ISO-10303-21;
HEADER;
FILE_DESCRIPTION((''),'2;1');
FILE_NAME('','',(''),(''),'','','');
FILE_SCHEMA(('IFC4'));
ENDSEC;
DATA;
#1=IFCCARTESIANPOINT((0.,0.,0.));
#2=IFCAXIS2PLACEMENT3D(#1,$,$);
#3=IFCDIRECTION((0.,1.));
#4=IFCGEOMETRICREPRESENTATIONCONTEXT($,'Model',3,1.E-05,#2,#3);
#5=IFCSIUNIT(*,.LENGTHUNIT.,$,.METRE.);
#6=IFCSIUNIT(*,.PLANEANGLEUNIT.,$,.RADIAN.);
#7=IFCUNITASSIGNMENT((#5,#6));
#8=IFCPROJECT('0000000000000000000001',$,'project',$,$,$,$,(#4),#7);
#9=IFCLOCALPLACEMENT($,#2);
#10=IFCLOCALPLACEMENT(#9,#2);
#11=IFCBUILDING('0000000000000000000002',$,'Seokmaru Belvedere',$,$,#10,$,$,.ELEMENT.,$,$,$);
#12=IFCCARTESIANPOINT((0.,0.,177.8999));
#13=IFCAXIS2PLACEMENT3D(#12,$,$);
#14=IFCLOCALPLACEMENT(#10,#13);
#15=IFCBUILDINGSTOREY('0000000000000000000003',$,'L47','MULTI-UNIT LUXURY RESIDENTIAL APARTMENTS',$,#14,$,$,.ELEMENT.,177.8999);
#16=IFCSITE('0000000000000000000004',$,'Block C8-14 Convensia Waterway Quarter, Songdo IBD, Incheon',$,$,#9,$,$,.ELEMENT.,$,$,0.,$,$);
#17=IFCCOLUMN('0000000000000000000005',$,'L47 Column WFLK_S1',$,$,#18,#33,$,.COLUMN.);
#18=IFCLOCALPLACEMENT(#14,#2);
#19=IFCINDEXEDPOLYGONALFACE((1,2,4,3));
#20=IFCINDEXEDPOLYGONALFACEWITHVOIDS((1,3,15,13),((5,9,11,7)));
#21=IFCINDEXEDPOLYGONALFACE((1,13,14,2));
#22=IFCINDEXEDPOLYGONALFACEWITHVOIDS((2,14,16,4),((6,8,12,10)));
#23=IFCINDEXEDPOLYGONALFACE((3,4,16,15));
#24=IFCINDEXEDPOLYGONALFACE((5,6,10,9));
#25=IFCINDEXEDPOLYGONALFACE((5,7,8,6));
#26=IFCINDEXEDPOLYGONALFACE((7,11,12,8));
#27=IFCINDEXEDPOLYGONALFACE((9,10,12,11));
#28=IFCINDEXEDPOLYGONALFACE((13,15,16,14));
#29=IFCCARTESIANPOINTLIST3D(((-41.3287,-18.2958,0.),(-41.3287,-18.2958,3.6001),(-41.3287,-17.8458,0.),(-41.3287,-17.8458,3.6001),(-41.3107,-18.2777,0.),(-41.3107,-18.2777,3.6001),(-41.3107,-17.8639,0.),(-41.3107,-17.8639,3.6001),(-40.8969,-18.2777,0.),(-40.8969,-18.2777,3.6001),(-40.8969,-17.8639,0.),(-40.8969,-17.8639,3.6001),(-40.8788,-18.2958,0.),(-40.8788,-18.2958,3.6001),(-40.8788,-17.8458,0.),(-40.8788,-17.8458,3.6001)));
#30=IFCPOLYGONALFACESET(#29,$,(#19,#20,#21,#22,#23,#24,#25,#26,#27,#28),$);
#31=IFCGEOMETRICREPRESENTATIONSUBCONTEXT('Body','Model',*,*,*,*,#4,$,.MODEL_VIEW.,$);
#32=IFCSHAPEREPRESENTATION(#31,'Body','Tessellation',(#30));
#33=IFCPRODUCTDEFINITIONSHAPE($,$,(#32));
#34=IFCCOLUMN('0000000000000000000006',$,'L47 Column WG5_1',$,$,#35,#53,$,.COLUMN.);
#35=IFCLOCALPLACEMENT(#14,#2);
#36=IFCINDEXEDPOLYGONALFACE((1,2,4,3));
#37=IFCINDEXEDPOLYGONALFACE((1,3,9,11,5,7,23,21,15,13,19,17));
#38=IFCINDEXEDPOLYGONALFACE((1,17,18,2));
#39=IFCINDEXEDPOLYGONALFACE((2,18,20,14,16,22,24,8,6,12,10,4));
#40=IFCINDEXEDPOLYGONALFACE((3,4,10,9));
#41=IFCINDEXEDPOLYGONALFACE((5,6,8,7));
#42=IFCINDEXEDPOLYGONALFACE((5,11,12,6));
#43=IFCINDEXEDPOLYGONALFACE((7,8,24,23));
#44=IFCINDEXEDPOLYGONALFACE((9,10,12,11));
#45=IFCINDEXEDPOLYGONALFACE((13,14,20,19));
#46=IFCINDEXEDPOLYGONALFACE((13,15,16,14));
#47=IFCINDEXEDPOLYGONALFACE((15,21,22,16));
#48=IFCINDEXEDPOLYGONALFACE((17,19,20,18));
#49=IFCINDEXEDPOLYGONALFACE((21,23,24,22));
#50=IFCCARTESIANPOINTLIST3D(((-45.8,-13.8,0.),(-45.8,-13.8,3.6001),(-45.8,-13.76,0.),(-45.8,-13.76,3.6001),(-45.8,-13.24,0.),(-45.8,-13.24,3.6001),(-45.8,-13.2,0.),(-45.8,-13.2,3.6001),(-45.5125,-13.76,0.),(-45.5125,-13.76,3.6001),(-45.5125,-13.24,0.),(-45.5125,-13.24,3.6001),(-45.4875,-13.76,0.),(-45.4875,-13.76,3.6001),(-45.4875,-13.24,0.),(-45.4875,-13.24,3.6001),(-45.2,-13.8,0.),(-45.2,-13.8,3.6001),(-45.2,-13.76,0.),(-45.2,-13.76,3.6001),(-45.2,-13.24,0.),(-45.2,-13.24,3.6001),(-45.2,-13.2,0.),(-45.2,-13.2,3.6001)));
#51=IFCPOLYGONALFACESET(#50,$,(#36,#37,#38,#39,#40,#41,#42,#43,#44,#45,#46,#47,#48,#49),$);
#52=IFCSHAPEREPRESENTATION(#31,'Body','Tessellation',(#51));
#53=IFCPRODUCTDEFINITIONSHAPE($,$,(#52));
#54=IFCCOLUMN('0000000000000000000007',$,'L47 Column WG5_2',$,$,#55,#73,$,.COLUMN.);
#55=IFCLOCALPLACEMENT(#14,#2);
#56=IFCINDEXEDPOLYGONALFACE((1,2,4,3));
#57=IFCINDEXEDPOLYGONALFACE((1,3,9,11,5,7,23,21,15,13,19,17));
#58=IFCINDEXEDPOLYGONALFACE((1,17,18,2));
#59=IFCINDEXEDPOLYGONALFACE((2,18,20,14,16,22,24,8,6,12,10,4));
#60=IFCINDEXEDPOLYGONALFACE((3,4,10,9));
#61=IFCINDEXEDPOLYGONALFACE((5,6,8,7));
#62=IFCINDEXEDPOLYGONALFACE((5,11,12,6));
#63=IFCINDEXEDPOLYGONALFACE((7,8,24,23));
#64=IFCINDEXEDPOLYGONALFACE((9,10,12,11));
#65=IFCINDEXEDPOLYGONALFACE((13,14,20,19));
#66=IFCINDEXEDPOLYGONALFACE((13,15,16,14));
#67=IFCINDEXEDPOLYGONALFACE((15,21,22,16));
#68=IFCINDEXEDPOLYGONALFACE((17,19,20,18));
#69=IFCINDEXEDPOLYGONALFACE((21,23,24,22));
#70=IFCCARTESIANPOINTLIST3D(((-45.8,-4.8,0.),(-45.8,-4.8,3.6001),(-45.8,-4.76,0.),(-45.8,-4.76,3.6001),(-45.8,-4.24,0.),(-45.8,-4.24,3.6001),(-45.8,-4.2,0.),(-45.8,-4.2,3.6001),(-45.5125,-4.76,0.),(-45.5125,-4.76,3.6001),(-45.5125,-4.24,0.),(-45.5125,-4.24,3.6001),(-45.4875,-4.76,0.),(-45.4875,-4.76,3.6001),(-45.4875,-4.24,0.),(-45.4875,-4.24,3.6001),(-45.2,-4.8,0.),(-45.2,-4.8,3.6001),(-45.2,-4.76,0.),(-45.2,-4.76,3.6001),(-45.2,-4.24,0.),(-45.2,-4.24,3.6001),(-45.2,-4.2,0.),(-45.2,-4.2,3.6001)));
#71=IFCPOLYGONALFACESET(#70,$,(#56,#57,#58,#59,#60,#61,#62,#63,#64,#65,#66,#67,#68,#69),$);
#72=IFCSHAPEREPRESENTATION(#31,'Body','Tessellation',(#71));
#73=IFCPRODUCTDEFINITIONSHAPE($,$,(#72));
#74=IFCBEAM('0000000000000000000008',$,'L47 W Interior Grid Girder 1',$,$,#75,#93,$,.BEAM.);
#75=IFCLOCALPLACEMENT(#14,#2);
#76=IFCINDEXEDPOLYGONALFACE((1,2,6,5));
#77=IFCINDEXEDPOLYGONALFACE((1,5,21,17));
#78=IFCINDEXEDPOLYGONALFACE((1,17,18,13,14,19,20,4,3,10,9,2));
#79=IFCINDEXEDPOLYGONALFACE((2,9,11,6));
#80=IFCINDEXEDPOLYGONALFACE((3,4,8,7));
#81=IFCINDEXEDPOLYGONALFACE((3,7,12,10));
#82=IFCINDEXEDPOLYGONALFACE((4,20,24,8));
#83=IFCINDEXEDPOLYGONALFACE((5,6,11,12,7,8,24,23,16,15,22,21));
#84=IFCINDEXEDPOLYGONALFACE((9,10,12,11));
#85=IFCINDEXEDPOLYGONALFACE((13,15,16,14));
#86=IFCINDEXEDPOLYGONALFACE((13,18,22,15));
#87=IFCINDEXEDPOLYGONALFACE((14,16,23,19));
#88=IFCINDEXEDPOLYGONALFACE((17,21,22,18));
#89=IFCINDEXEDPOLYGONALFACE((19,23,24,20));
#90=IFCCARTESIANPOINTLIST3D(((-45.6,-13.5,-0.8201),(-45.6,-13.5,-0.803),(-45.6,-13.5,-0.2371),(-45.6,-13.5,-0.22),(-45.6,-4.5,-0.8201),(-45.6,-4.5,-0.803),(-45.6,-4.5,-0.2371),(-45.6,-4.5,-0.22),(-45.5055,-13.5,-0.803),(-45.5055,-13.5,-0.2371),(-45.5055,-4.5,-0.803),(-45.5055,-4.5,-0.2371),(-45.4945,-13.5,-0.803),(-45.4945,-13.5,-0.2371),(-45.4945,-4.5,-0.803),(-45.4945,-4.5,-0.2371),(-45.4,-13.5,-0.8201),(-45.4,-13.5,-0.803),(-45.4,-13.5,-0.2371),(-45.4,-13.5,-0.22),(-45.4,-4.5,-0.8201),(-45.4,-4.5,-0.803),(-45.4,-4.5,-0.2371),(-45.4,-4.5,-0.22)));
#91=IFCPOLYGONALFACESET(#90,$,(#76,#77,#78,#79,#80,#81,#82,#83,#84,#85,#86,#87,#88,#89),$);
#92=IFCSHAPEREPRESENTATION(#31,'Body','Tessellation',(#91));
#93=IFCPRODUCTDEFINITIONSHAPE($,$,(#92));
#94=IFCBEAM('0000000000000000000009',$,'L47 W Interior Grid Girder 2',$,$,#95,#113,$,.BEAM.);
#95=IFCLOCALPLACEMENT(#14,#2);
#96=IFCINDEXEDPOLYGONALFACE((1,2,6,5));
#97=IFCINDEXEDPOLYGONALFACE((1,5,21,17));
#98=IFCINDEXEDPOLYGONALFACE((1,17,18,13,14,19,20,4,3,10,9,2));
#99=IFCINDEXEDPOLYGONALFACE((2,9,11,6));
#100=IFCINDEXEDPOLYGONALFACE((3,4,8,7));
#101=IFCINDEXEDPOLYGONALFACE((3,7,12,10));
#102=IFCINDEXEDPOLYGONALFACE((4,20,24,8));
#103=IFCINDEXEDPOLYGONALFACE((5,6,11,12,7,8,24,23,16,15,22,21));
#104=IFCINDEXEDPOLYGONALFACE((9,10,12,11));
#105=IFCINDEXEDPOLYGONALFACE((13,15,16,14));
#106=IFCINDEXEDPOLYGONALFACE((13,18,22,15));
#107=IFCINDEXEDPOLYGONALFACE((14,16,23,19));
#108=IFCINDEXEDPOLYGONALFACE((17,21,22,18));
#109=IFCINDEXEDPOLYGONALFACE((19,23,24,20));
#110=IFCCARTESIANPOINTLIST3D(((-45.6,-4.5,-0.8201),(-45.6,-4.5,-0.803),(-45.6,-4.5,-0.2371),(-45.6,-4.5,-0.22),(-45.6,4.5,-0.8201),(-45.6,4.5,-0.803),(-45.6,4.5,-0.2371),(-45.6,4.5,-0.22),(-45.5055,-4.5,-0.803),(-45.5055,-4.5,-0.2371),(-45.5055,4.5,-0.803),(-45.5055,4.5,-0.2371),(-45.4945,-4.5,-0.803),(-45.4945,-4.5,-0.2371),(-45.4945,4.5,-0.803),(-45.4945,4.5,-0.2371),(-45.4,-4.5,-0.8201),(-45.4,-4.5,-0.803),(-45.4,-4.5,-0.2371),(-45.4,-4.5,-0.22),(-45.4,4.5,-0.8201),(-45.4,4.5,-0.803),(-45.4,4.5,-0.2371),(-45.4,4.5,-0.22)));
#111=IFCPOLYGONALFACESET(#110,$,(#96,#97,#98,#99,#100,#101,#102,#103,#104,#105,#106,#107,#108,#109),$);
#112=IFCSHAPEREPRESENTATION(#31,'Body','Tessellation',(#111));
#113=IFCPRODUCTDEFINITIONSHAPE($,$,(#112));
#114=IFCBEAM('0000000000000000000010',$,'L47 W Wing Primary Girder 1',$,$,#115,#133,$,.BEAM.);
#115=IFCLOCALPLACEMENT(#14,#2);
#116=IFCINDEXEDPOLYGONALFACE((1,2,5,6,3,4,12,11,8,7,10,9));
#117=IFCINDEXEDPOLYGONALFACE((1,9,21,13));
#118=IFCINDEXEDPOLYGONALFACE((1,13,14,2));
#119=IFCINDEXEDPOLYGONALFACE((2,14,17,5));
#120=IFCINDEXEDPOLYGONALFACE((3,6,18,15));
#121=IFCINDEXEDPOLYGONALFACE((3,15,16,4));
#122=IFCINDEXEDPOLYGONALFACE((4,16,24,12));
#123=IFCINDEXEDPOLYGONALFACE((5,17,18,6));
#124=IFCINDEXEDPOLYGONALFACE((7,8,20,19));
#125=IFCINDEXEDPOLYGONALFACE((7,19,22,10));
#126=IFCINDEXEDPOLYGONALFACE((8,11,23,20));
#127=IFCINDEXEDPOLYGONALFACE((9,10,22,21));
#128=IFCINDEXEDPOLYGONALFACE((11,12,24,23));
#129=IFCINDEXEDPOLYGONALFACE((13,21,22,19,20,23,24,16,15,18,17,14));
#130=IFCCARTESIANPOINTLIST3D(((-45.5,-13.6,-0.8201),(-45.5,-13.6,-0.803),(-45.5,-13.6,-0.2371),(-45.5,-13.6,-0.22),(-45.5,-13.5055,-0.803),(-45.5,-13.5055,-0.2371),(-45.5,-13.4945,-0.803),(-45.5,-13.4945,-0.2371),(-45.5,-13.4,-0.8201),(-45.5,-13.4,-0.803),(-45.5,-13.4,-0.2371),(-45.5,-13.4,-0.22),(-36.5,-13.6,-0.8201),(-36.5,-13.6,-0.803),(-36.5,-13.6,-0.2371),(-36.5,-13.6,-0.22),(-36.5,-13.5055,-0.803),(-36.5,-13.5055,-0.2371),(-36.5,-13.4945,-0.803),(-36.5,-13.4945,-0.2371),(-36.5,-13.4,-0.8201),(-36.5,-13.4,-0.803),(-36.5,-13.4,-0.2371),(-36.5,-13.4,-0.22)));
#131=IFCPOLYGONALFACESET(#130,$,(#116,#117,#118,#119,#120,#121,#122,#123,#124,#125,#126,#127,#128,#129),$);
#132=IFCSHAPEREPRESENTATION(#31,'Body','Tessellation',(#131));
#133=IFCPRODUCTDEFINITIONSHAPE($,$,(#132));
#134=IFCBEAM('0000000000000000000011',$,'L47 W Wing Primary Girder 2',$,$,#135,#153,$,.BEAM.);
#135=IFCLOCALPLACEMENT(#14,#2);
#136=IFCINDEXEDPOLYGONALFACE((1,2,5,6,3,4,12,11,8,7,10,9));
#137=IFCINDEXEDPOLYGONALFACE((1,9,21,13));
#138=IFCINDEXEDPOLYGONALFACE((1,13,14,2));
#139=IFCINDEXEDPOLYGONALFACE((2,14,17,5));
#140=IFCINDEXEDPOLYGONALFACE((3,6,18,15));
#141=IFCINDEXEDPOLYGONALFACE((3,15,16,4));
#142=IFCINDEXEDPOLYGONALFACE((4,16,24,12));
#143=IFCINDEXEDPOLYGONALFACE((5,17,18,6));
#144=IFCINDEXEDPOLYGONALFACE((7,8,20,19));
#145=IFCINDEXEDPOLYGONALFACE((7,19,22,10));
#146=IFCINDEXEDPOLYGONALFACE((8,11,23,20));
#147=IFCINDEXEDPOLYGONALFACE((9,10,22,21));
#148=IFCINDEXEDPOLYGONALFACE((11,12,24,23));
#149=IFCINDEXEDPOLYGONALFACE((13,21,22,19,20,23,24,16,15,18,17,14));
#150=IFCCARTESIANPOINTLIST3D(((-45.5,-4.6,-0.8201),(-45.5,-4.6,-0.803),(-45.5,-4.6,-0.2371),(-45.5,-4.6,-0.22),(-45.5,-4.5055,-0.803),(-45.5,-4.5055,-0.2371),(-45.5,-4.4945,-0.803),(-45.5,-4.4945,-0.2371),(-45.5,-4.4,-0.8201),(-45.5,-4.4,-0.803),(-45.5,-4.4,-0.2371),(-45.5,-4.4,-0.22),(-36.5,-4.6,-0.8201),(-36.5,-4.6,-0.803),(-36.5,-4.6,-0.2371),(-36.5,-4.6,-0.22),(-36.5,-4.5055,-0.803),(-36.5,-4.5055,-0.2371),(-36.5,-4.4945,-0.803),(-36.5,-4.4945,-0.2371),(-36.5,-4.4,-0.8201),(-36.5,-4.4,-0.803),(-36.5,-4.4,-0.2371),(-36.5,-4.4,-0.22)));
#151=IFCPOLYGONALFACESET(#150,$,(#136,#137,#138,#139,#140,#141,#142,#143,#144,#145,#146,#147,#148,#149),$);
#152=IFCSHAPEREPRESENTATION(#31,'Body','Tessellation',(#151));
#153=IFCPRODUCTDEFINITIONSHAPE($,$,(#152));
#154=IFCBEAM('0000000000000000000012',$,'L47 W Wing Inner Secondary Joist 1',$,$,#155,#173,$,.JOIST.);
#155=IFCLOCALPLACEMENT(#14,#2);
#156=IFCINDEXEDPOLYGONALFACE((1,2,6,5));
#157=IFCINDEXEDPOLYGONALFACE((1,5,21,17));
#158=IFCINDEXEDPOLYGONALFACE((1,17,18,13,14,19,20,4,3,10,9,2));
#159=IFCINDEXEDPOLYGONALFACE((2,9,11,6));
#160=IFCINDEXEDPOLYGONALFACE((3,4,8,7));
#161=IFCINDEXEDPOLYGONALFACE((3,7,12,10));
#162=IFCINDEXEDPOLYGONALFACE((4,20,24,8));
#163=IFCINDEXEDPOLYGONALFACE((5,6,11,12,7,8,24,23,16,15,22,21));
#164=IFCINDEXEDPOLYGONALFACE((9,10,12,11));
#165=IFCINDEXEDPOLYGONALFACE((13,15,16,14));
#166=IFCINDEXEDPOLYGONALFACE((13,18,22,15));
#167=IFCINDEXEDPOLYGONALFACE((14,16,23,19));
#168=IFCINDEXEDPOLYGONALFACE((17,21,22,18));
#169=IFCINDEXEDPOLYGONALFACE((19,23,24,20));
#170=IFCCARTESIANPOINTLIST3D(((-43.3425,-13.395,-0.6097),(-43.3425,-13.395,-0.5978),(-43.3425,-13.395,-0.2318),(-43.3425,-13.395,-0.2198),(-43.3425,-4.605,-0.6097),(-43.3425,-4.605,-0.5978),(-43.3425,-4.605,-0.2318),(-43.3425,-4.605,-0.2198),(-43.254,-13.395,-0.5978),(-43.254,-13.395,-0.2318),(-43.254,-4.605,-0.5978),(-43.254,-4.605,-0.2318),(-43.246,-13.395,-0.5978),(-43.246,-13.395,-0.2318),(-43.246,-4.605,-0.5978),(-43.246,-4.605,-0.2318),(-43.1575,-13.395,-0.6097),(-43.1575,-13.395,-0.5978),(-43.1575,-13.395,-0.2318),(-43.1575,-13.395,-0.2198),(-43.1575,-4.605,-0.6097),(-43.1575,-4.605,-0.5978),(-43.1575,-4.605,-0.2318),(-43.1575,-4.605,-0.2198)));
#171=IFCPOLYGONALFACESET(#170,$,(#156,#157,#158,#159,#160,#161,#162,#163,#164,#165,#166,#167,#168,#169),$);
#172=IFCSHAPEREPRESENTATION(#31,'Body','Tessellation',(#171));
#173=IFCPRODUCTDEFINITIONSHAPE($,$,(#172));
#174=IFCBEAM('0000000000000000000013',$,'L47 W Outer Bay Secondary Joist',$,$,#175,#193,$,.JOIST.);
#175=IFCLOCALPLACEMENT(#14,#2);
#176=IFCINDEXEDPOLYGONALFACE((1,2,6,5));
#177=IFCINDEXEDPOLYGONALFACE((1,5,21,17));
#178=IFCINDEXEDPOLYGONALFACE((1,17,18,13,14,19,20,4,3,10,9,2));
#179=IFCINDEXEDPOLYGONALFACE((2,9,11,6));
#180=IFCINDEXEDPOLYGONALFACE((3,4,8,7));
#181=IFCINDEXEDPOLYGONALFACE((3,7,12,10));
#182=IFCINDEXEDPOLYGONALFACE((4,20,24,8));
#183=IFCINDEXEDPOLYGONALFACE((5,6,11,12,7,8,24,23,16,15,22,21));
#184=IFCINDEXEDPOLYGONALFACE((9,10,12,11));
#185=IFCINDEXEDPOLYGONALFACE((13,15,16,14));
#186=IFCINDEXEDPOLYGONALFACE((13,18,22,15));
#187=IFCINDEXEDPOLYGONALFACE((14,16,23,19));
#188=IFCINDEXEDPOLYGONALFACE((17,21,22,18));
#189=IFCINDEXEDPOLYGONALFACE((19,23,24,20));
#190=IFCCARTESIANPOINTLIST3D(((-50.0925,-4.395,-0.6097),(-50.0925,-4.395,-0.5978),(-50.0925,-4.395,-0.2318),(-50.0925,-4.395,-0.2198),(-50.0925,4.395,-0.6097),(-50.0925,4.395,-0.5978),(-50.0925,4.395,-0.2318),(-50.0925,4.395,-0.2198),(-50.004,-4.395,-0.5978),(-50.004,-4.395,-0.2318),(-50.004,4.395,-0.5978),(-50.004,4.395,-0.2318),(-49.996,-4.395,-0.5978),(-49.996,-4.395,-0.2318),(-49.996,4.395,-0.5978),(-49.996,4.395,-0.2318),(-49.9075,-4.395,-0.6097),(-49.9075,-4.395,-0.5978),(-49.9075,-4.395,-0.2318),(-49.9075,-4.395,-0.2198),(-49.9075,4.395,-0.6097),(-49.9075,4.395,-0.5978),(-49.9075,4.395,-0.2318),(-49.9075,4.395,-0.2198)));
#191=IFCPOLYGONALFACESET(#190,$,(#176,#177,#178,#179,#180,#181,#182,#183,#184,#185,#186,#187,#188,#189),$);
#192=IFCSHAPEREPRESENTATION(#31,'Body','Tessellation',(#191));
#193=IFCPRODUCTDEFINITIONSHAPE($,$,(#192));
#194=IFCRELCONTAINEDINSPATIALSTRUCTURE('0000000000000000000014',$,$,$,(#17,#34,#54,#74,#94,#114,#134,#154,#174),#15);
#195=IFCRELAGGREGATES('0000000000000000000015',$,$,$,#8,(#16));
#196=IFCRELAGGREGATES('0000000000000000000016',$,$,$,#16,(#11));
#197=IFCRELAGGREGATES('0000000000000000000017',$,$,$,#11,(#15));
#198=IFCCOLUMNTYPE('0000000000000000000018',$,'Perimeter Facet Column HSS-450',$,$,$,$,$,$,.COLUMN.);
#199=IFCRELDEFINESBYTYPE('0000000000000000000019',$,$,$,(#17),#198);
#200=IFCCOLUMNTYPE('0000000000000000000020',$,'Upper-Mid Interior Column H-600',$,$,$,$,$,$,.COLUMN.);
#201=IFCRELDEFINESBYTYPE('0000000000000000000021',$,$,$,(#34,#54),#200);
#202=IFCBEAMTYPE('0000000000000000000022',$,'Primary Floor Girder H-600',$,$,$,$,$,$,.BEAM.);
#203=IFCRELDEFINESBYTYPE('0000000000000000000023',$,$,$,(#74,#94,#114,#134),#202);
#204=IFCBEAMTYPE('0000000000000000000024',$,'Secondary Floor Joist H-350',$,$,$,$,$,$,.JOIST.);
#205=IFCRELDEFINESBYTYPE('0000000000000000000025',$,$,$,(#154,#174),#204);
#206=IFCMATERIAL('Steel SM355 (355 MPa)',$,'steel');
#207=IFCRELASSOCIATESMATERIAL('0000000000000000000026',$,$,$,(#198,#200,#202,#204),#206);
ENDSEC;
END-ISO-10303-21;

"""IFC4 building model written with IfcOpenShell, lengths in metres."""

from ifc_helpers import new_model, si_unit, direction, frame, origin, origin_2d, place, context, subcontext, project, spatial, hollow_rectangle, i_section, extrude, source, transform, mapped, material, material_profile, profile_set, type_object, type_shapes, element, save


model = new_model("IFC4")

# Units and contexts
model_context = context("Model", 3, precision=1e-05, world=origin(), true_north=direction((0.0, 1.0)))
body_context = subcontext(model_context, "Body", "Model", "MODEL_VIEW")
ifc_project = project(units=[si_unit("LENGTHUNIT", "METRE"), si_unit("PLANEANGLEUNIT", "RADIAN")], contexts=[model_context])

# Site, building, storey
site_placement = place(None, origin())
site = spatial("IfcSite", under=ifc_project, at=site_placement, Name="Block C8-14 Convensia Waterway Quarter, Songdo IBD, Incheon", CompositionType="ELEMENT", RefElevation=0.0)
building_placement = place(site_placement, origin())
building = spatial("IfcBuilding", under=site, at=building_placement, Name="Seokmaru Belvedere", CompositionType="ELEMENT")
storey_placement = place(building_placement, frame((0.0, 0.0, 177.8999)))
storey = spatial("IfcBuildingStorey", under=building, at=storey_placement, Name="L47", Description="MULTI-UNIT LUXURY RESIDENTIAL APARTMENTS", CompositionType="ELEMENT", Elevation=177.8999)

# Columns
ifc_material_1 = material(Name="Steel SM355 (355 MPa)", Category="steel")
ifc_material_profile_1 = material_profile(ifc_material_1, hollow_rectangle(XDim=0.45, YDim=0.45, WallThickness=0.0181, at=origin_2d()), Name="HSS-450x450x18")
ifc_profile_set_1 = profile_set([ifc_material_profile_1], Name="Steel SM355 (355 MPa)")
column_type_1 = type_object("IfcColumnType", Name="Perimeter Facet Column HSS-450", PredefinedType="COLUMN", material=ifc_profile_set_1)
shared_shape_1 = source(origin(), body_context, "Body", "SweptSolid", [
    extrude(hollow_rectangle(XDim=0.45, YDim=0.45, WallThickness=0.0181, at=origin_2d()), origin(), (0.0, 0.0, 1.0), 3.6001),
])
type_shapes(column_type_1, [shared_shape_1])
column_placement = place(storey_placement, frame((-41.1038, -18.0708, 0.0), z_axis=(0.0, 0.0, 1.0), x_axis=(1.0, 0.0, 0.0)))
element("IfcColumn", 1, at=column_placement, inside=storey, type_object=column_type_1, Name="L47 Column WFLK_S1", PredefinedType="COLUMN", context=body_context, shape_type="MappedRepresentation", body=[
    mapped(shared_shape_1, transform((0.0, 0.0, 0.0), scale=1.0)),
])
ifc_material_profile_2 = material_profile(ifc_material_1, i_section(OverallWidth=0.6001, OverallDepth=0.6001, WebThickness=0.0249, FlangeThickness=0.04, at=origin_2d()), Name="H-600x600x25x40")
ifc_profile_set_2 = profile_set([ifc_material_profile_2], Name="Steel SM355 (355 MPa)")
column_type_2 = type_object("IfcColumnType", Name="Upper-Mid Interior Column H-600", PredefinedType="COLUMN", material=ifc_profile_set_2)
shared_shape_2 = source(origin(), body_context, "Body", "SweptSolid", [
    extrude(i_section(OverallWidth=0.6001, OverallDepth=0.6001, WebThickness=0.0249, FlangeThickness=0.04, at=origin_2d()), origin(), (0.0, 0.0, 1.0), 3.6001),
])
type_shapes(column_type_2, [shared_shape_2])
for number, where, z_axis, x_axis, name in (
    (2, (-45.5, -13.5, 0.0), (0.0, 0.0, 1.0), (1.0, 0.0, 0.0), "L47 Column WG5_1"),
    (3, (-45.5, -4.5, 0.0), (0.0, 0.0, 1.0), (1.0, 0.0, 0.0), "L47 Column WG5_2"),
):
    element("IfcColumn", number, at=place(storey_placement, frame(where, z_axis=z_axis, x_axis=x_axis)), inside=storey, type_object=column_type_2, Name=name, PredefinedType="COLUMN", context=body_context, shape_type="MappedRepresentation", body=[
        mapped(shared_shape_2, transform((0.0, 0.0, 0.0), scale=1.0)),
    ])

# Beams
ifc_material_profile_3 = material_profile(ifc_material_1, i_section(OverallWidth=0.2, OverallDepth=0.6001, WebThickness=0.011, FlangeThickness=0.0171, at=origin_2d()), Name="H-600x200x11x17")
ifc_profile_set_3 = profile_set([ifc_material_profile_3], Name="Steel SM355 (355 MPa)")
beam_type_1 = type_object("IfcBeamType", Name="Primary Floor Girder H-600", PredefinedType="BEAM", material=ifc_profile_set_3)
shared_shape_3 = source(origin(), body_context, "Body", "SweptSolid", [
    extrude(i_section(OverallWidth=0.2, OverallDepth=0.6001, WebThickness=0.011, FlangeThickness=0.0171, at=origin_2d()), origin(), (0.0, 0.0, 1.0), 9.0),
])
for number, where, z_axis, x_axis, name in (
    (4, (-45.5, -13.5, -0.52), (0.0, 1.0, 0.0), (-1.0, 0.0, 0.0), "L47 W Interior Grid Girder 1"),
    (5, (-45.5, -4.5, -0.52), (0.0, 1.0, 0.0), (-1.0, 0.0, 0.0), "L47 W Interior Grid Girder 2"),
    (6, (-45.5, -13.5, -0.52), (1.0, 0.0, 0.0), (0.0, 1.0, 0.0), "L47 W Wing Primary Girder 1"),
    (7, (-45.5, -4.5, -0.52), (1.0, 0.0, 0.0), (0.0, 1.0, 0.0), "L47 W Wing Primary Girder 2"),
):
    element("IfcBeam", number, at=place(storey_placement, frame(where, z_axis=z_axis, x_axis=x_axis)), inside=storey, type_object=beam_type_1, Name=name, PredefinedType="BEAM", context=body_context, shape_type="MappedRepresentation", body=[
        mapped(shared_shape_3, transform((0.0, 0.0, 0.0), scale=1.0)),
    ])
ifc_material_profile_4 = material_profile(ifc_material_1, i_section(OverallWidth=0.1851, OverallDepth=0.3899, WebThickness=0.0081, FlangeThickness=0.012, at=origin_2d()), Name="H-390x185x8x12")
ifc_profile_set_4 = profile_set([ifc_material_profile_4], Name="Steel SM355 (355 MPa)")
beam_type_2 = type_object("IfcBeamType", Name="Secondary Floor Joist H-350", PredefinedType="JOIST", material=ifc_profile_set_4)
shared_shape_4 = source(origin(), body_context, "Body", "SweptSolid", [
    extrude(i_section(OverallWidth=0.1851, OverallDepth=0.3899, WebThickness=0.0081, FlangeThickness=0.012, at=origin_2d()), origin(), (0.0, 0.0, 1.0), 8.79),
])
type_shapes(beam_type_2, [shared_shape_4])
for number, where, z_axis, x_axis, name in (
    (8, (-43.25, -13.395, -0.4148), (0.0, 1.0, 0.0), (-1.0, 0.0, 0.0), "L47 W Wing Inner Secondary Joist 1"),
    (9, (-50.0, -4.395, -0.4148), (0.0, 1.0, 0.0), (-1.0, 0.0, 0.0), "L47 W Outer Bay Secondary Joist"),
):
    element("IfcBeam", number, at=place(storey_placement, frame(where, z_axis=z_axis, x_axis=x_axis)), inside=storey, type_object=beam_type_2, Name=name, PredefinedType="JOIST", context=body_context, shape_type="MappedRepresentation", body=[
        mapped(shared_shape_4, transform((0.0, 0.0, 0.0), scale=1.0)),
    ])

save(model, "model.ifc")
